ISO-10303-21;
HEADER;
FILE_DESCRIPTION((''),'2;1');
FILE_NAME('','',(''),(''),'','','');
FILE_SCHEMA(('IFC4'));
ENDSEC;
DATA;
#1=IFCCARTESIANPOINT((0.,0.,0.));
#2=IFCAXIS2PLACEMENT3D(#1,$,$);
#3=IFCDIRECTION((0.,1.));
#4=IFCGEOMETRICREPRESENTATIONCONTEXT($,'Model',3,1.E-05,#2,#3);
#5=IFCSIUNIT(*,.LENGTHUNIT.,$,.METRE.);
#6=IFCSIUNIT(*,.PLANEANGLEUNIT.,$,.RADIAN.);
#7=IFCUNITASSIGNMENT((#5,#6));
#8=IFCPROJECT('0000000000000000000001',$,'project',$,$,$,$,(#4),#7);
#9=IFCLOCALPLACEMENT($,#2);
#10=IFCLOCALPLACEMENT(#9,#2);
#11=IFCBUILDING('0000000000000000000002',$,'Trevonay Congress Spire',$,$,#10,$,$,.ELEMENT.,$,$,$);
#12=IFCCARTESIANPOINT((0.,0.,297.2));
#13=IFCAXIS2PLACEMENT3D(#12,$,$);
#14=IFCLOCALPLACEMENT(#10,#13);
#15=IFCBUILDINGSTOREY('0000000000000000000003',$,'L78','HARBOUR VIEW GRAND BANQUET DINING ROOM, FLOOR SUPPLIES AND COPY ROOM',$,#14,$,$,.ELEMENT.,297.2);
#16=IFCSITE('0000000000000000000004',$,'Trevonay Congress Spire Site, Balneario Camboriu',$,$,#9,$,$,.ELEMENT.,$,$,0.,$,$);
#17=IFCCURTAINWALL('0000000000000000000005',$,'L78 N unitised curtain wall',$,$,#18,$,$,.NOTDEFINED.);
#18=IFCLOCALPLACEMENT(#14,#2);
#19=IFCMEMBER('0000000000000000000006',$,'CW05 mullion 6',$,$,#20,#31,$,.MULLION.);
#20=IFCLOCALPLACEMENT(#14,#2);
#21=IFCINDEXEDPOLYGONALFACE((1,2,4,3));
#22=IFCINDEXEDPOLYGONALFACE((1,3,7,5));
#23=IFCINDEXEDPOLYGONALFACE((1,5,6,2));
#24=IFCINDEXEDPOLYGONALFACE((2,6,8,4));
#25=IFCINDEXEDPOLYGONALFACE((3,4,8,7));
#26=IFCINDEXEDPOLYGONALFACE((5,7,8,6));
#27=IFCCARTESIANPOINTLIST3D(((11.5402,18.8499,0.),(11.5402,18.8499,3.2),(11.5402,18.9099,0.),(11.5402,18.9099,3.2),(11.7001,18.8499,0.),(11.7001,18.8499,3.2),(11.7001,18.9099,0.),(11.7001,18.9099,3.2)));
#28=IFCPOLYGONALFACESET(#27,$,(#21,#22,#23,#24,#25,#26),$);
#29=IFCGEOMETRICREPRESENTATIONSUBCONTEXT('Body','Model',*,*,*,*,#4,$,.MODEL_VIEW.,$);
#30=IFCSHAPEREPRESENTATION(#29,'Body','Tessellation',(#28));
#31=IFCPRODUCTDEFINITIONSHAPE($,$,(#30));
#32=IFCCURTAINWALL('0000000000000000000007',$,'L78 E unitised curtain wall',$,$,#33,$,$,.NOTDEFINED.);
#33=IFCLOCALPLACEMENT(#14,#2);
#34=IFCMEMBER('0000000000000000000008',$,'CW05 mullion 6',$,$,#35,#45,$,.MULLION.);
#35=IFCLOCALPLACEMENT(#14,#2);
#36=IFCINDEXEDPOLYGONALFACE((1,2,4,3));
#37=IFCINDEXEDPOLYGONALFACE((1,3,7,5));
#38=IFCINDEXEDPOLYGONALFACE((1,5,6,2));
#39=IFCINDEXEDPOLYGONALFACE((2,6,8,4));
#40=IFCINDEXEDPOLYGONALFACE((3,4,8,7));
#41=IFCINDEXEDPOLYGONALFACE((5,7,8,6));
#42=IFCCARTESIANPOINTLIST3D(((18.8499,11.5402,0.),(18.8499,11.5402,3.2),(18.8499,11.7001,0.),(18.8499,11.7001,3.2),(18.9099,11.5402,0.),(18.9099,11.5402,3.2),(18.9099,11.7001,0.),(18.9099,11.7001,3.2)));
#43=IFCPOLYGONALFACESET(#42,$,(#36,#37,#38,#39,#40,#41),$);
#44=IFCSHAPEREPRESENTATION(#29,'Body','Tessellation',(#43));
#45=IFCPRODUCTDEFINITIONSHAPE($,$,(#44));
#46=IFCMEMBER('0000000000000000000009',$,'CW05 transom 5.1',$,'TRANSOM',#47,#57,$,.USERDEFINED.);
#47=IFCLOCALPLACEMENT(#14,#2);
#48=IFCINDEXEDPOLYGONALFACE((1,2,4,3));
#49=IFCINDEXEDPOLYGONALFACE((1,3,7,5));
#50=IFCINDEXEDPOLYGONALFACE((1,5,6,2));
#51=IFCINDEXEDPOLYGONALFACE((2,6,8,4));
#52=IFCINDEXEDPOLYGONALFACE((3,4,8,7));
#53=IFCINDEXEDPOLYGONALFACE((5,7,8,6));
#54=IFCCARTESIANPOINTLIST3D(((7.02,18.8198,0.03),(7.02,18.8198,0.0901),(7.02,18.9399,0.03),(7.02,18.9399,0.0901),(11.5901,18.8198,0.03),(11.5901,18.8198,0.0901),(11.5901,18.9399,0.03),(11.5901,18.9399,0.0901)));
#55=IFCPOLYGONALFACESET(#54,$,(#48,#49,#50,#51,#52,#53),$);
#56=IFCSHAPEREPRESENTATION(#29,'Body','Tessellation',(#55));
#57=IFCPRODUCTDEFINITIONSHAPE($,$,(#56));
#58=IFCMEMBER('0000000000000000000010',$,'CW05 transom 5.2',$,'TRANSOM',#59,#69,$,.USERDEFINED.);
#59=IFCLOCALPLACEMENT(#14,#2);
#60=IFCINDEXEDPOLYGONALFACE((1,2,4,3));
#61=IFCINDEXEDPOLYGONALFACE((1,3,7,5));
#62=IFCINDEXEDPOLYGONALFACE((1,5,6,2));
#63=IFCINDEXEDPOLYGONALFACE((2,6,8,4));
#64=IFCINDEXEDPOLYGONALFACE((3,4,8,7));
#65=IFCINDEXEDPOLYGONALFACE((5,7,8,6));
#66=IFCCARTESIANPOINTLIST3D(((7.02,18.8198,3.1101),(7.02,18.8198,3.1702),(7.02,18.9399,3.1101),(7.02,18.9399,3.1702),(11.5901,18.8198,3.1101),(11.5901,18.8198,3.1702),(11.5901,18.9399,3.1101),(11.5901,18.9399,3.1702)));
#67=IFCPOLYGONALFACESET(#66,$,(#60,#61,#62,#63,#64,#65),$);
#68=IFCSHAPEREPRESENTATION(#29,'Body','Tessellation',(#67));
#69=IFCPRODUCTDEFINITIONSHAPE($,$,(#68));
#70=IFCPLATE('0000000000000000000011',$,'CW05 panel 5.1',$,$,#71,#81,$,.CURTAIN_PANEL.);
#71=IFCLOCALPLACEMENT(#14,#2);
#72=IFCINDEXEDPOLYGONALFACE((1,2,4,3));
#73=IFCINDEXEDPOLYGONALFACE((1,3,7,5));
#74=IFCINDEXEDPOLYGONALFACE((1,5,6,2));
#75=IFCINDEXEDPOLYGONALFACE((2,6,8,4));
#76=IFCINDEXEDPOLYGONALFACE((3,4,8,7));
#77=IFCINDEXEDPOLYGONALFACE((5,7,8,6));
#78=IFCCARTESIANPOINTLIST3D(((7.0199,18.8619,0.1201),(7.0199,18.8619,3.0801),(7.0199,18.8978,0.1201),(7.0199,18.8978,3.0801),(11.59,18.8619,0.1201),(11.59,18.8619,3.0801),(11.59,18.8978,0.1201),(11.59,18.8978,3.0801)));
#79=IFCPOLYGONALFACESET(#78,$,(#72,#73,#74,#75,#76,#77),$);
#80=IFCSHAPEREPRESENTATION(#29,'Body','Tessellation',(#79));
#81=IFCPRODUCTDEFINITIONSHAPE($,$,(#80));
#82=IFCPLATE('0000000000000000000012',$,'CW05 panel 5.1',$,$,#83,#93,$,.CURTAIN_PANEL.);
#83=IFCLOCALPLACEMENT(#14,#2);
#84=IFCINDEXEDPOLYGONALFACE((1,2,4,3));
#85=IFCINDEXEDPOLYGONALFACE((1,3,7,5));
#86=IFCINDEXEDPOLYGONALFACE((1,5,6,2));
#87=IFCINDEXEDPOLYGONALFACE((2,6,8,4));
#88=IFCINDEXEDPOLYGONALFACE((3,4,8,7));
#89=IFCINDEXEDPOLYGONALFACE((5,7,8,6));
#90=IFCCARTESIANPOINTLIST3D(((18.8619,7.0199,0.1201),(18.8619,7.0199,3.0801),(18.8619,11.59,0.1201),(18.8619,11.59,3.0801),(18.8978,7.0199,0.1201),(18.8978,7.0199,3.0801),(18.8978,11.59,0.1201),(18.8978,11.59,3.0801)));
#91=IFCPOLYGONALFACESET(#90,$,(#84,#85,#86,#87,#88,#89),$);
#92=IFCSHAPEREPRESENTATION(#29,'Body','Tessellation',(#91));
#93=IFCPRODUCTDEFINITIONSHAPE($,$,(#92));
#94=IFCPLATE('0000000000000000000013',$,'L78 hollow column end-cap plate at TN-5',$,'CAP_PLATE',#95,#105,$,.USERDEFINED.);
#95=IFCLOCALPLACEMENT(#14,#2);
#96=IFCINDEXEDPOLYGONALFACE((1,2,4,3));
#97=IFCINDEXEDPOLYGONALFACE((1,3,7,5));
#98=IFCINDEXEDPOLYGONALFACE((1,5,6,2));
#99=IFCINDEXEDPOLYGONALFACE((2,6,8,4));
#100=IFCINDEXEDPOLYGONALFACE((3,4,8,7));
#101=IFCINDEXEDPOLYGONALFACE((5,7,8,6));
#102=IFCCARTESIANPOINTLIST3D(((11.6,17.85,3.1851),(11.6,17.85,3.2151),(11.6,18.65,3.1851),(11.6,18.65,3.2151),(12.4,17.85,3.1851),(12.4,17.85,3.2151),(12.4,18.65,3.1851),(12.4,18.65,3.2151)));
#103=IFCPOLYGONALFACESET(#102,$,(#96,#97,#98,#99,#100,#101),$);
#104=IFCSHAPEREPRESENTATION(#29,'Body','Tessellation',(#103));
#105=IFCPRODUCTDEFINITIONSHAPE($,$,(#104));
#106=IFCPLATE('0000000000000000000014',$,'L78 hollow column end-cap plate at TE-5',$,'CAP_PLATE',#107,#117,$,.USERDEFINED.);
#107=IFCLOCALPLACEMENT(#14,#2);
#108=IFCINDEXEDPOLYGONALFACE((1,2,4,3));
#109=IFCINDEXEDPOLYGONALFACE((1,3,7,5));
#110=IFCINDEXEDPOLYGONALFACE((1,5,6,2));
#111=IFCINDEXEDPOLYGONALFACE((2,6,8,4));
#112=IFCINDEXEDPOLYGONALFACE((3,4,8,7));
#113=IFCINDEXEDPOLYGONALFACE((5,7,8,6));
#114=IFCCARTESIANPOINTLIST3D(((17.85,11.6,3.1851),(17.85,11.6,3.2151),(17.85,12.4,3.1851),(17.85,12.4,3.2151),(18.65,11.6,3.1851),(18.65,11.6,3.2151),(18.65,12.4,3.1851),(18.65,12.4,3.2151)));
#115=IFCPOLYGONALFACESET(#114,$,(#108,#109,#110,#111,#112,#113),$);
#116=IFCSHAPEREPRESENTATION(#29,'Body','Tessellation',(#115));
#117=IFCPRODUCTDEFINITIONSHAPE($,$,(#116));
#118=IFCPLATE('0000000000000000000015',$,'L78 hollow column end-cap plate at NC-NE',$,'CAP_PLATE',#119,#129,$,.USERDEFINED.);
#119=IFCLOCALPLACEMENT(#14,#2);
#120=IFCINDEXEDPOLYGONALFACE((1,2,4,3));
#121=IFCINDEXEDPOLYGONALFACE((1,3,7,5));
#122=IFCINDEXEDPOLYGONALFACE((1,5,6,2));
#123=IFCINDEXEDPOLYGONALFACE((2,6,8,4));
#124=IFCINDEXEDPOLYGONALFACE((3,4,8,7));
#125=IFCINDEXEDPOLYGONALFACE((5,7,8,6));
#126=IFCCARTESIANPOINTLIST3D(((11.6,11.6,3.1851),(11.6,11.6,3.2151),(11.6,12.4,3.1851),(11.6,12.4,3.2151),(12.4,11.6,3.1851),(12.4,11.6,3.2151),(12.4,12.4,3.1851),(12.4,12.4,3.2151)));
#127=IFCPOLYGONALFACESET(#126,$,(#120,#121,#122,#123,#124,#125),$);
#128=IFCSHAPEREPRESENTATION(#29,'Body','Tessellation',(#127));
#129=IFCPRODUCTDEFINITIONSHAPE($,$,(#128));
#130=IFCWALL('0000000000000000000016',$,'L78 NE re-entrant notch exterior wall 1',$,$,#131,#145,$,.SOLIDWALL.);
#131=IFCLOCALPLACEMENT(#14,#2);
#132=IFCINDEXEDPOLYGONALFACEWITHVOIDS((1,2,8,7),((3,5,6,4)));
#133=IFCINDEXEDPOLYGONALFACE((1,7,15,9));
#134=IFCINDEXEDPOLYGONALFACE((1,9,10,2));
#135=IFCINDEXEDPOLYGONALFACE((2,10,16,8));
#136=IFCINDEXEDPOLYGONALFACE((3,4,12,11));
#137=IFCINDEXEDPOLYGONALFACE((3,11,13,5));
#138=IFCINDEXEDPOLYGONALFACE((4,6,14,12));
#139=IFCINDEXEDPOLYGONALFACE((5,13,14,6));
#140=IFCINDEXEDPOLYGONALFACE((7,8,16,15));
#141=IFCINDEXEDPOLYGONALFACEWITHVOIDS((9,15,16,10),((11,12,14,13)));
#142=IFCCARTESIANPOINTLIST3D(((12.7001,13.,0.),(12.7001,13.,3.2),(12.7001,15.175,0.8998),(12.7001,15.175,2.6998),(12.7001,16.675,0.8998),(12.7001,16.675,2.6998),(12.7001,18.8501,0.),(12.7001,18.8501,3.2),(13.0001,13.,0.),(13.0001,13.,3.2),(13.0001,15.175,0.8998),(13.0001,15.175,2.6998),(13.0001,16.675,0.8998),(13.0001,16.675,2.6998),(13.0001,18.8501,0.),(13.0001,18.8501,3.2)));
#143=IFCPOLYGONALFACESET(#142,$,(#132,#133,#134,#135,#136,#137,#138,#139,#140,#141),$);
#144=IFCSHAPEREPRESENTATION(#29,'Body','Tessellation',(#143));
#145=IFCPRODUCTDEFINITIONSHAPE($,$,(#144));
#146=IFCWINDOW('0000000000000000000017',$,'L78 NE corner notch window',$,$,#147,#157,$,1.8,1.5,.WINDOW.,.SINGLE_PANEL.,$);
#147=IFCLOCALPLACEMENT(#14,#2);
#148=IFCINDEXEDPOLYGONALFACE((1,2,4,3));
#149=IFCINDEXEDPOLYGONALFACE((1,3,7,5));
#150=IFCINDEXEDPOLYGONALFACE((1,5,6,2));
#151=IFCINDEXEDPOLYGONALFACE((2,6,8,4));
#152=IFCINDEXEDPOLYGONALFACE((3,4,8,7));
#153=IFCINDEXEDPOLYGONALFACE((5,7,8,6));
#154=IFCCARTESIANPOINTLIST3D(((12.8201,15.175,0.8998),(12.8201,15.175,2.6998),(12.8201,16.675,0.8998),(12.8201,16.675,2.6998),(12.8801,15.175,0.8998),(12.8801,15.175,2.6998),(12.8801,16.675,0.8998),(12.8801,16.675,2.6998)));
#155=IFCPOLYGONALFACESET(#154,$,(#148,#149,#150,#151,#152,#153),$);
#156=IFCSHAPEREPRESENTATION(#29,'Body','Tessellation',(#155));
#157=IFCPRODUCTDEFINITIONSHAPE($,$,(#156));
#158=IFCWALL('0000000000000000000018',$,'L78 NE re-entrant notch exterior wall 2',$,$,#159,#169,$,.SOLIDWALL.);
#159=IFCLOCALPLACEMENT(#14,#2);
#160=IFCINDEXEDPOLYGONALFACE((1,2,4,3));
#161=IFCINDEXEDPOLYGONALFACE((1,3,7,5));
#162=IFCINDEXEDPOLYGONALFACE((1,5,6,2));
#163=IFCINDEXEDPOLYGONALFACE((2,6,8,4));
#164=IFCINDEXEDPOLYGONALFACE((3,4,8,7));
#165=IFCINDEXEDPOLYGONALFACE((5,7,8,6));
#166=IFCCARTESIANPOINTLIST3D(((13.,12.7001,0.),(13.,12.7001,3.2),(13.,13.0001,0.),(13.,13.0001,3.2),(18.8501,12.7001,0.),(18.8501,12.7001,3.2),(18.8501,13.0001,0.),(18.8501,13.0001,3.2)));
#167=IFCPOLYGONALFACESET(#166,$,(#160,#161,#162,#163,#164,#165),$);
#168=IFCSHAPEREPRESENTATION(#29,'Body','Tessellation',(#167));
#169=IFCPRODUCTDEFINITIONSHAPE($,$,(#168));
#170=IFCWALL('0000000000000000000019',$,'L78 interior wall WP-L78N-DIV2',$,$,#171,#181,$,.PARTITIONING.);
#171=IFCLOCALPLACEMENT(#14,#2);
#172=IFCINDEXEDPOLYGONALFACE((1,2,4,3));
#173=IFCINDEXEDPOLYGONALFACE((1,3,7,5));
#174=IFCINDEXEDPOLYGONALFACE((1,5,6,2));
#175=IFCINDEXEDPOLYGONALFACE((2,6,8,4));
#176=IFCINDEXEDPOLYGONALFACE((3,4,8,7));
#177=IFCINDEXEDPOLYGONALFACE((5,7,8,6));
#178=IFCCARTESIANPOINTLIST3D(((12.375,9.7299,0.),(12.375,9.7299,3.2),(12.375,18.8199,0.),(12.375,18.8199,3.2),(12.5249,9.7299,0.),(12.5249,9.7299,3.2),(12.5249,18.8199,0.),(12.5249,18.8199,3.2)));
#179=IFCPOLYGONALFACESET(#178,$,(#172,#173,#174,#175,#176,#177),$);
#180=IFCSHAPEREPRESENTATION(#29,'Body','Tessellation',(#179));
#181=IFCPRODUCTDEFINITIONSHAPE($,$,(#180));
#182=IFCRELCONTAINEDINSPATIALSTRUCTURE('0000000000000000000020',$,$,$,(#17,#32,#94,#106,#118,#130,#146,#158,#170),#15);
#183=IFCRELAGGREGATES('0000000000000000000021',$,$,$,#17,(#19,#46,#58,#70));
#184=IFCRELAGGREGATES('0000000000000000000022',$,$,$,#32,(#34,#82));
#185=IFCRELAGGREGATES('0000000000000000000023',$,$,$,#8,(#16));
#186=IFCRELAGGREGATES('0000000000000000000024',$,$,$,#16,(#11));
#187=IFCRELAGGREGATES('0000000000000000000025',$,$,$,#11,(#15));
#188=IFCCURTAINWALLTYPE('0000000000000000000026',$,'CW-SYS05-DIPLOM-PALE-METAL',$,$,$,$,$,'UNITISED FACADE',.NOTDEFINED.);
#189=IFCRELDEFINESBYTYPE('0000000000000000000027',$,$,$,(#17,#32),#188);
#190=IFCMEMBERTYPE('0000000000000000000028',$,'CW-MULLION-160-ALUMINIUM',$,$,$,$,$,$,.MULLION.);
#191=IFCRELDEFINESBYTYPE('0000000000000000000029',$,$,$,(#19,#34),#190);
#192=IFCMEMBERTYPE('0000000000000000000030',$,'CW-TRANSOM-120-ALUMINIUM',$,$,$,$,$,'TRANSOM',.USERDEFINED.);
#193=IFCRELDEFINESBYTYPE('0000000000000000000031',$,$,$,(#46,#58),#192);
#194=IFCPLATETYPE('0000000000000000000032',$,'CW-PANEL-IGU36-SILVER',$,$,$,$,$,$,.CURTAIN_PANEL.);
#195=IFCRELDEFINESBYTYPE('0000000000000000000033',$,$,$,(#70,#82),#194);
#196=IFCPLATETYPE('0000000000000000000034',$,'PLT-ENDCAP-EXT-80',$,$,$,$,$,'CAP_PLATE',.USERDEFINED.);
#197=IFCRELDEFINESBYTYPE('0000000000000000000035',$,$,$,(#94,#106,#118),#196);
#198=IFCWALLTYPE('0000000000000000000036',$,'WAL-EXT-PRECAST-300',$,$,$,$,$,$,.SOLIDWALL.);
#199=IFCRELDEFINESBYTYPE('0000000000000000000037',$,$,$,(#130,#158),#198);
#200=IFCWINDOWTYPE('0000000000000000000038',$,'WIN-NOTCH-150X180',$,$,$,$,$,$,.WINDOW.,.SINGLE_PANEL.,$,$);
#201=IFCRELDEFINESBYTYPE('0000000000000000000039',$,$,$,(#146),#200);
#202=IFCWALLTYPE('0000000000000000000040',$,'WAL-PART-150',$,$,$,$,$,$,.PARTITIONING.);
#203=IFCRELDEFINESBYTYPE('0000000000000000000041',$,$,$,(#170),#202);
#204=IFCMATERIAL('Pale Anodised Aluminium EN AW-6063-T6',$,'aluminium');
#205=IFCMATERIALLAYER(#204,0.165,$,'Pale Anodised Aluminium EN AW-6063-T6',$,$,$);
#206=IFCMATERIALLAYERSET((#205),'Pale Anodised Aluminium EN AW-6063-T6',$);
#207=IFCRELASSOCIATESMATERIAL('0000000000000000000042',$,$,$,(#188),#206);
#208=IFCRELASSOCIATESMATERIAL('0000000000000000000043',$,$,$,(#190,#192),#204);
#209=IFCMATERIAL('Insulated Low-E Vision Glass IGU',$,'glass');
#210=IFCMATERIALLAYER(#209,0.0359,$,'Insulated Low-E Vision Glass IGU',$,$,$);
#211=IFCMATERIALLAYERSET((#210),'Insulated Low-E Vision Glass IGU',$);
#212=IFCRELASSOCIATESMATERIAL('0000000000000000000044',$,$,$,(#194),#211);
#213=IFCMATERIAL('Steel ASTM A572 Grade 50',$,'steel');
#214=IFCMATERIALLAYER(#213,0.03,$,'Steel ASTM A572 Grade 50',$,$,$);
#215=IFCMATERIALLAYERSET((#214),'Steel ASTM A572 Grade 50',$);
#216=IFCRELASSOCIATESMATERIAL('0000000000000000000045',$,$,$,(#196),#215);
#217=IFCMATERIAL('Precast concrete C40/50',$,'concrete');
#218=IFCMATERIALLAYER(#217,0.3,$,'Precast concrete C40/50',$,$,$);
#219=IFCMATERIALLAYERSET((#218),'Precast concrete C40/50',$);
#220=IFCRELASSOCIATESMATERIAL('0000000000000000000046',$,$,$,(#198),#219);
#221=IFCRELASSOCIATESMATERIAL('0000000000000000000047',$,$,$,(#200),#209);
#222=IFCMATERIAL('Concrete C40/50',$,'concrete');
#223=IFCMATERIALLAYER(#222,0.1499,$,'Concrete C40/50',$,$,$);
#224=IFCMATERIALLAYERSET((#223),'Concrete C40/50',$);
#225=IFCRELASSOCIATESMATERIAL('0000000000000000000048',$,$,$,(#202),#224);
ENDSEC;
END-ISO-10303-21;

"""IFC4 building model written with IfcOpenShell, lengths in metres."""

from ifc_helpers import new_model, si_unit, direction, frame, frame_2d, origin, origin_2d, place, context, subcontext, project, spatial, rectangle, extrude, material, layer, layer_set, material_profile, profile_set, type_object, element, fill, aggregate, save


model = new_model("IFC4")

# Units and contexts
model_context = context("Model", 3, precision=1e-05, world=origin(), true_north=direction((0.0, 1.0)))
body_context = subcontext(model_context, "Body", "Model", "MODEL_VIEW")
ifc_project = project(units=[si_unit("LENGTHUNIT", "METRE"), si_unit("PLANEANGLEUNIT", "RADIAN")], contexts=[model_context])

# Site, building, storey
site_placement = place(None, origin())
site = spatial("IfcSite", under=ifc_project, at=site_placement, Name="Trevonay Congress Spire Site, Balneario Camboriu", CompositionType="ELEMENT", RefElevation=0.0)
building_placement = place(site_placement, origin())
building = spatial("IfcBuilding", under=site, at=building_placement, Name="Trevonay Congress Spire", CompositionType="ELEMENT")
storey_placement = place(building_placement, frame((0.0, 0.0, 297.2)))
storey = spatial("IfcBuildingStorey", under=building, at=storey_placement, Name="L78", Description="HARBOUR VIEW GRAND BANQUET DINING ROOM, FLOOR SUPPLIES AND COPY ROOM", CompositionType="ELEMENT", Elevation=297.2)

# Shared definitions
ifc_material_1 = material(Name="Steel ASTM A572 Grade 50", Category="steel")

# Curtain walls, members
ifc_material_2 = material(Name="Pale Anodised Aluminium EN AW-6063-T6", Category="aluminium")
ifc_layer_1 = layer(ifc_material_2, 0.165, Name="Pale Anodised Aluminium EN AW-6063-T6")
ifc_layer_set_1 = layer_set([ifc_layer_1], Name="Pale Anodised Aluminium EN AW-6063-T6")
curtain_wall_type = type_object("IfcCurtainWallType", Name="CW-SYS05-DIPLOM-PALE-METAL", ElementType="UNITISED FACADE", PredefinedType="NOTDEFINED", material=ifc_layer_set_1)
curtain_wall_1_placement = place(storey_placement, origin())
curtain_wall_1 = element("IfcCurtainWall", 1, at=curtain_wall_1_placement, inside=storey, type_object=curtain_wall_type, Name="L78 N unitised curtain wall", PredefinedType="NOTDEFINED")
ifc_material_profile_1 = material_profile(ifc_material_2, rectangle(XDim=0.0601, YDim=0.1599, at=origin_2d()), Name="CW-MULLION-160-ALUMINIUM")
ifc_profile_set_1 = profile_set([ifc_material_profile_1], Name="Pale Anodised Aluminium EN AW-6063-T6")
member_type_1 = type_object("IfcMemberType", Name="CW-MULLION-160-ALUMINIUM", PredefinedType="MULLION", material=ifc_profile_set_1)
member_1_placement = place(storey_placement, frame((11.6201, 18.8799, 0.0), z_axis=(0.0, 0.0, 1.0), x_axis=(0.0, 1.0, 0.0)))
member_1 = element("IfcMember", 2, at=member_1_placement, type_object=member_type_1, Name="CW05 mullion 6", PredefinedType="MULLION", context=body_context, shape_type="SweptSolid", body=[
    extrude(rectangle(XDim=0.0601, YDim=0.1599, at=origin_2d()), origin(), (0.0, 0.0, 1.0), 3.2),
])
curtain_wall_2_placement = place(storey_placement, origin())
curtain_wall_2 = element("IfcCurtainWall", 3, at=curtain_wall_2_placement, inside=storey, type_object=curtain_wall_type, Name="L78 E unitised curtain wall", PredefinedType="NOTDEFINED")
member_2_placement = place(storey_placement, frame((18.8799, 11.6201, 0.0), z_axis=(0.0, 0.0, 1.0), x_axis=(-1.0, 0.0, 0.0)))
member_2 = element("IfcMember", 4, at=member_2_placement, type_object=member_type_1, Name="CW05 mullion 6", PredefinedType="MULLION", context=body_context, shape_type="SweptSolid", body=[
    extrude(rectangle(XDim=0.0601, YDim=0.1599, at=origin_2d()), origin(), (0.0, 0.0, 1.0), 3.2),
])

# Members
ifc_material_profile_2 = material_profile(ifc_material_2, rectangle(XDim=0.1201, YDim=0.0601, at=origin_2d()), Name="CW-TRANSOM-120-ALUMINIUM")
ifc_profile_set_2 = profile_set([ifc_material_profile_2], Name="Pale Anodised Aluminium EN AW-6063-T6")
member_type_2 = type_object("IfcMemberType", Name="CW-TRANSOM-120-ALUMINIUM", ElementType="TRANSOM", PredefinedType="USERDEFINED", material=ifc_profile_set_2)
member_3_placement = place(storey_placement, frame((7.02, 18.8799, 0.0601), z_axis=(1.0, 0.0, 0.0), x_axis=(0.0, 1.0, 0.0)))
member_3 = element("IfcMember", 5, at=member_3_placement, type_object=member_type_2, Name="CW05 transom 5.1", ObjectType="TRANSOM", PredefinedType="USERDEFINED", context=body_context, shape_type="SweptSolid", body=[
    extrude(rectangle(XDim=0.1201, YDim=0.0601, at=origin_2d()), origin(), (0.0, 0.0, 1.0), 4.5701),
])
member_4_placement = place(storey_placement, frame((7.02, 18.8799, 3.1401), z_axis=(1.0, 0.0, 0.0), x_axis=(0.0, 1.0, 0.0)))
member_4 = element("IfcMember", 6, at=member_4_placement, type_object=member_type_2, Name="CW05 transom 5.2", ObjectType="TRANSOM", PredefinedType="USERDEFINED", context=body_context, shape_type="SweptSolid", body=[
    extrude(rectangle(XDim=0.1201, YDim=0.0601, at=origin_2d()), origin(), (0.0, 0.0, 1.0), 4.5701),
])

# Plates
ifc_material_3 = material(Name="Insulated Low-E Vision Glass IGU", Category="glass")
ifc_layer_2 = layer(ifc_material_3, 0.0359, Name="Insulated Low-E Vision Glass IGU")
ifc_layer_set_2 = layer_set([ifc_layer_2], Name="Insulated Low-E Vision Glass IGU")
plate_type_1 = type_object("IfcPlateType", Name="CW-PANEL-IGU36-SILVER", PredefinedType="CURTAIN_PANEL", material=ifc_layer_set_2)
plate_1_placement = place(storey_placement, frame((9.3049, 18.8799, 0.1201), z_axis=(0.0, 0.0, 1.0), x_axis=(1.0, 0.0, 0.0)))
plate_1 = element("IfcPlate", 7, at=plate_1_placement, type_object=plate_type_1, Name="CW05 panel 5.1", PredefinedType="CURTAIN_PANEL", context=body_context, shape_type="SweptSolid", body=[
    extrude(rectangle(XDim=4.5701, YDim=0.0359, at=origin_2d()), origin(), (0.0, 0.0, 1.0), 2.96),
])
aggregate(curtain_wall_1, [member_1, member_3, member_4, plate_1])
plate_2_placement = place(storey_placement, frame((18.8799, 9.3049, 0.1201), z_axis=(0.0, 0.0, 1.0), x_axis=(0.0, 1.0, 0.0)))
plate_2 = element("IfcPlate", 8, at=plate_2_placement, type_object=plate_type_1, Name="CW05 panel 5.1", PredefinedType="CURTAIN_PANEL", context=body_context, shape_type="SweptSolid", body=[
    extrude(rectangle(XDim=4.5701, YDim=0.0359, at=origin_2d()), origin(), (0.0, 0.0, 1.0), 2.96),
])
aggregate(curtain_wall_2, [member_2, plate_2])

# Plates
ifc_layer_3 = layer(ifc_material_1, 0.03, Name="Steel ASTM A572 Grade 50")
ifc_layer_set_3 = layer_set([ifc_layer_3], Name="Steel ASTM A572 Grade 50")
plate_type_2 = type_object("IfcPlateType", Name="PLT-ENDCAP-EXT-80", ElementType="CAP_PLATE", PredefinedType="USERDEFINED", material=ifc_layer_set_3)
for number, where, z_axis, x_axis, name in (
    (9, (12.0, 18.25, 3.1851), (0.0, 0.0, 1.0), (1.0, 0.0, 0.0), "L78 hollow column end-cap plate at TN-5"),
    (10, (18.25, 12.0, 3.1851), (0.0, 0.0, 1.0), (1.0, 0.0, 0.0), "L78 hollow column end-cap plate at TE-5"),
    (11, (12.0, 12.0, 3.1851), (0.0, 0.0, 1.0), (1.0, 0.0, 0.0), "L78 hollow column end-cap plate at NC-NE"),
):
    element("IfcPlate", number, at=place(storey_placement, frame(where, z_axis=z_axis, x_axis=x_axis)), inside=storey, type_object=plate_type_2, Name=name, ObjectType="CAP_PLATE", PredefinedType="USERDEFINED", context=body_context, shape_type="SweptSolid", body=[
        extrude(rectangle(XDim=0.8, YDim=0.8, at=origin_2d()), origin(), (0.0, 0.0, 1.0), 0.03),
    ])

# Wall, opening, window
ifc_material_4 = material(Name="Precast concrete C40/50", Category="concrete")
ifc_layer_4 = layer(ifc_material_4, 0.3, Name="Precast concrete C40/50")
ifc_layer_set_4 = layer_set([ifc_layer_4], Name="Precast concrete C40/50")
wall_type_1 = type_object("IfcWallType", Name="WAL-EXT-PRECAST-300", PredefinedType="SOLIDWALL", material=ifc_layer_set_4)
wall_1_placement = place(storey_placement, frame((12.8501, 18.8501, 0.0), z_axis=(0.0, 0.0, 1.0), x_axis=(0.0, -1.0, 0.0)))
wall_1 = element("IfcWall", 12, at=wall_1_placement, inside=storey, type_object=wall_type_1, Name="L78 NE re-entrant notch exterior wall 1", PredefinedType="SOLIDWALL", context=body_context, shape_type="SweptSolid", body=[
    extrude(rectangle(XDim=5.8501, YDim=0.3, at=frame_2d((2.925, 0.0))), origin(), (0.0, 0.0, 1.0), 3.2),
])
opening_placement = place(wall_1_placement, frame((2.175, 0.0, 0.8999)))
opening = element("IfcOpeningElement", 13, at=opening_placement, cuts=wall_1, PredefinedType="OPENING", context=body_context, shape_type="SweptSolid", body=[
    extrude(rectangle(XDim=1.5, YDim=1.8, at=frame_2d((0.75, 0.8999))), frame((0.0, 0.1602, 0.0), z_axis=(0.0, -1.0, 0.0), x_axis=(1.0, 0.0, 0.0)), (0.0, 0.0, 1.0), 0.3201),
])
window_type = type_object("IfcWindowType", Name="WIN-NOTCH-150X180", PartitioningType="SINGLE_PANEL", PredefinedType="WINDOW", material=ifc_material_3)
window_placement = place(opening_placement, origin())
window = element("IfcWindow", 14, at=window_placement, inside=storey, type_object=window_type, Name="L78 NE corner notch window", OverallHeight=1.8, OverallWidth=1.5, PartitioningType="SINGLE_PANEL", PredefinedType="WINDOW", context=body_context, shape_type="SweptSolid", body=[
    extrude(rectangle(XDim=1.5, YDim=1.8, at=frame_2d((0.75, 0.8999))), frame((0.0, 0.03, 0.0), z_axis=(0.0, -1.0, 0.0), x_axis=(1.0, 0.0, 0.0)), (0.0, 0.0, 1.0), 0.0601),
])
fill(opening, window)

# Walls
wall_2_placement = place(storey_placement, frame((18.8501, 12.8501, 0.0), z_axis=(0.0, 0.0, 1.0), x_axis=(-1.0, 0.0, 0.0)))
element("IfcWall", 15, at=wall_2_placement, inside=storey, type_object=wall_type_1, Name="L78 NE re-entrant notch exterior wall 2", PredefinedType="SOLIDWALL", context=body_context, shape_type="SweptSolid", body=[
    extrude(rectangle(XDim=5.8501, YDim=0.3, at=frame_2d((2.925, 0.0))), origin(), (0.0, 0.0, 1.0), 3.2),
])
ifc_material_5 = material(Name="Concrete C40/50", Category="concrete")
ifc_layer_5 = layer(ifc_material_5, 0.1499, Name="Concrete C40/50")
ifc_layer_set_5 = layer_set([ifc_layer_5], Name="Concrete C40/50")
wall_type_2 = type_object("IfcWallType", Name="WAL-PART-150", PredefinedType="PARTITIONING", material=ifc_layer_set_5)
wall_3_placement = place(storey_placement, frame((12.45, 9.73, 0.0), z_axis=(0.0, 0.0, 1.0), x_axis=(0.0, 1.0, 0.0)))
element("IfcWall", 16, at=wall_3_placement, inside=storey, type_object=wall_type_2, Name="L78 interior wall WP-L78N-DIV2", PredefinedType="PARTITIONING", context=body_context, shape_type="SweptSolid", body=[
    extrude(rectangle(XDim=9.0901, YDim=0.1499, at=frame_2d((4.5449, 0.0))), origin(), (0.0, 0.0, 1.0), 3.2),
])

save(model, "model.ifc")
